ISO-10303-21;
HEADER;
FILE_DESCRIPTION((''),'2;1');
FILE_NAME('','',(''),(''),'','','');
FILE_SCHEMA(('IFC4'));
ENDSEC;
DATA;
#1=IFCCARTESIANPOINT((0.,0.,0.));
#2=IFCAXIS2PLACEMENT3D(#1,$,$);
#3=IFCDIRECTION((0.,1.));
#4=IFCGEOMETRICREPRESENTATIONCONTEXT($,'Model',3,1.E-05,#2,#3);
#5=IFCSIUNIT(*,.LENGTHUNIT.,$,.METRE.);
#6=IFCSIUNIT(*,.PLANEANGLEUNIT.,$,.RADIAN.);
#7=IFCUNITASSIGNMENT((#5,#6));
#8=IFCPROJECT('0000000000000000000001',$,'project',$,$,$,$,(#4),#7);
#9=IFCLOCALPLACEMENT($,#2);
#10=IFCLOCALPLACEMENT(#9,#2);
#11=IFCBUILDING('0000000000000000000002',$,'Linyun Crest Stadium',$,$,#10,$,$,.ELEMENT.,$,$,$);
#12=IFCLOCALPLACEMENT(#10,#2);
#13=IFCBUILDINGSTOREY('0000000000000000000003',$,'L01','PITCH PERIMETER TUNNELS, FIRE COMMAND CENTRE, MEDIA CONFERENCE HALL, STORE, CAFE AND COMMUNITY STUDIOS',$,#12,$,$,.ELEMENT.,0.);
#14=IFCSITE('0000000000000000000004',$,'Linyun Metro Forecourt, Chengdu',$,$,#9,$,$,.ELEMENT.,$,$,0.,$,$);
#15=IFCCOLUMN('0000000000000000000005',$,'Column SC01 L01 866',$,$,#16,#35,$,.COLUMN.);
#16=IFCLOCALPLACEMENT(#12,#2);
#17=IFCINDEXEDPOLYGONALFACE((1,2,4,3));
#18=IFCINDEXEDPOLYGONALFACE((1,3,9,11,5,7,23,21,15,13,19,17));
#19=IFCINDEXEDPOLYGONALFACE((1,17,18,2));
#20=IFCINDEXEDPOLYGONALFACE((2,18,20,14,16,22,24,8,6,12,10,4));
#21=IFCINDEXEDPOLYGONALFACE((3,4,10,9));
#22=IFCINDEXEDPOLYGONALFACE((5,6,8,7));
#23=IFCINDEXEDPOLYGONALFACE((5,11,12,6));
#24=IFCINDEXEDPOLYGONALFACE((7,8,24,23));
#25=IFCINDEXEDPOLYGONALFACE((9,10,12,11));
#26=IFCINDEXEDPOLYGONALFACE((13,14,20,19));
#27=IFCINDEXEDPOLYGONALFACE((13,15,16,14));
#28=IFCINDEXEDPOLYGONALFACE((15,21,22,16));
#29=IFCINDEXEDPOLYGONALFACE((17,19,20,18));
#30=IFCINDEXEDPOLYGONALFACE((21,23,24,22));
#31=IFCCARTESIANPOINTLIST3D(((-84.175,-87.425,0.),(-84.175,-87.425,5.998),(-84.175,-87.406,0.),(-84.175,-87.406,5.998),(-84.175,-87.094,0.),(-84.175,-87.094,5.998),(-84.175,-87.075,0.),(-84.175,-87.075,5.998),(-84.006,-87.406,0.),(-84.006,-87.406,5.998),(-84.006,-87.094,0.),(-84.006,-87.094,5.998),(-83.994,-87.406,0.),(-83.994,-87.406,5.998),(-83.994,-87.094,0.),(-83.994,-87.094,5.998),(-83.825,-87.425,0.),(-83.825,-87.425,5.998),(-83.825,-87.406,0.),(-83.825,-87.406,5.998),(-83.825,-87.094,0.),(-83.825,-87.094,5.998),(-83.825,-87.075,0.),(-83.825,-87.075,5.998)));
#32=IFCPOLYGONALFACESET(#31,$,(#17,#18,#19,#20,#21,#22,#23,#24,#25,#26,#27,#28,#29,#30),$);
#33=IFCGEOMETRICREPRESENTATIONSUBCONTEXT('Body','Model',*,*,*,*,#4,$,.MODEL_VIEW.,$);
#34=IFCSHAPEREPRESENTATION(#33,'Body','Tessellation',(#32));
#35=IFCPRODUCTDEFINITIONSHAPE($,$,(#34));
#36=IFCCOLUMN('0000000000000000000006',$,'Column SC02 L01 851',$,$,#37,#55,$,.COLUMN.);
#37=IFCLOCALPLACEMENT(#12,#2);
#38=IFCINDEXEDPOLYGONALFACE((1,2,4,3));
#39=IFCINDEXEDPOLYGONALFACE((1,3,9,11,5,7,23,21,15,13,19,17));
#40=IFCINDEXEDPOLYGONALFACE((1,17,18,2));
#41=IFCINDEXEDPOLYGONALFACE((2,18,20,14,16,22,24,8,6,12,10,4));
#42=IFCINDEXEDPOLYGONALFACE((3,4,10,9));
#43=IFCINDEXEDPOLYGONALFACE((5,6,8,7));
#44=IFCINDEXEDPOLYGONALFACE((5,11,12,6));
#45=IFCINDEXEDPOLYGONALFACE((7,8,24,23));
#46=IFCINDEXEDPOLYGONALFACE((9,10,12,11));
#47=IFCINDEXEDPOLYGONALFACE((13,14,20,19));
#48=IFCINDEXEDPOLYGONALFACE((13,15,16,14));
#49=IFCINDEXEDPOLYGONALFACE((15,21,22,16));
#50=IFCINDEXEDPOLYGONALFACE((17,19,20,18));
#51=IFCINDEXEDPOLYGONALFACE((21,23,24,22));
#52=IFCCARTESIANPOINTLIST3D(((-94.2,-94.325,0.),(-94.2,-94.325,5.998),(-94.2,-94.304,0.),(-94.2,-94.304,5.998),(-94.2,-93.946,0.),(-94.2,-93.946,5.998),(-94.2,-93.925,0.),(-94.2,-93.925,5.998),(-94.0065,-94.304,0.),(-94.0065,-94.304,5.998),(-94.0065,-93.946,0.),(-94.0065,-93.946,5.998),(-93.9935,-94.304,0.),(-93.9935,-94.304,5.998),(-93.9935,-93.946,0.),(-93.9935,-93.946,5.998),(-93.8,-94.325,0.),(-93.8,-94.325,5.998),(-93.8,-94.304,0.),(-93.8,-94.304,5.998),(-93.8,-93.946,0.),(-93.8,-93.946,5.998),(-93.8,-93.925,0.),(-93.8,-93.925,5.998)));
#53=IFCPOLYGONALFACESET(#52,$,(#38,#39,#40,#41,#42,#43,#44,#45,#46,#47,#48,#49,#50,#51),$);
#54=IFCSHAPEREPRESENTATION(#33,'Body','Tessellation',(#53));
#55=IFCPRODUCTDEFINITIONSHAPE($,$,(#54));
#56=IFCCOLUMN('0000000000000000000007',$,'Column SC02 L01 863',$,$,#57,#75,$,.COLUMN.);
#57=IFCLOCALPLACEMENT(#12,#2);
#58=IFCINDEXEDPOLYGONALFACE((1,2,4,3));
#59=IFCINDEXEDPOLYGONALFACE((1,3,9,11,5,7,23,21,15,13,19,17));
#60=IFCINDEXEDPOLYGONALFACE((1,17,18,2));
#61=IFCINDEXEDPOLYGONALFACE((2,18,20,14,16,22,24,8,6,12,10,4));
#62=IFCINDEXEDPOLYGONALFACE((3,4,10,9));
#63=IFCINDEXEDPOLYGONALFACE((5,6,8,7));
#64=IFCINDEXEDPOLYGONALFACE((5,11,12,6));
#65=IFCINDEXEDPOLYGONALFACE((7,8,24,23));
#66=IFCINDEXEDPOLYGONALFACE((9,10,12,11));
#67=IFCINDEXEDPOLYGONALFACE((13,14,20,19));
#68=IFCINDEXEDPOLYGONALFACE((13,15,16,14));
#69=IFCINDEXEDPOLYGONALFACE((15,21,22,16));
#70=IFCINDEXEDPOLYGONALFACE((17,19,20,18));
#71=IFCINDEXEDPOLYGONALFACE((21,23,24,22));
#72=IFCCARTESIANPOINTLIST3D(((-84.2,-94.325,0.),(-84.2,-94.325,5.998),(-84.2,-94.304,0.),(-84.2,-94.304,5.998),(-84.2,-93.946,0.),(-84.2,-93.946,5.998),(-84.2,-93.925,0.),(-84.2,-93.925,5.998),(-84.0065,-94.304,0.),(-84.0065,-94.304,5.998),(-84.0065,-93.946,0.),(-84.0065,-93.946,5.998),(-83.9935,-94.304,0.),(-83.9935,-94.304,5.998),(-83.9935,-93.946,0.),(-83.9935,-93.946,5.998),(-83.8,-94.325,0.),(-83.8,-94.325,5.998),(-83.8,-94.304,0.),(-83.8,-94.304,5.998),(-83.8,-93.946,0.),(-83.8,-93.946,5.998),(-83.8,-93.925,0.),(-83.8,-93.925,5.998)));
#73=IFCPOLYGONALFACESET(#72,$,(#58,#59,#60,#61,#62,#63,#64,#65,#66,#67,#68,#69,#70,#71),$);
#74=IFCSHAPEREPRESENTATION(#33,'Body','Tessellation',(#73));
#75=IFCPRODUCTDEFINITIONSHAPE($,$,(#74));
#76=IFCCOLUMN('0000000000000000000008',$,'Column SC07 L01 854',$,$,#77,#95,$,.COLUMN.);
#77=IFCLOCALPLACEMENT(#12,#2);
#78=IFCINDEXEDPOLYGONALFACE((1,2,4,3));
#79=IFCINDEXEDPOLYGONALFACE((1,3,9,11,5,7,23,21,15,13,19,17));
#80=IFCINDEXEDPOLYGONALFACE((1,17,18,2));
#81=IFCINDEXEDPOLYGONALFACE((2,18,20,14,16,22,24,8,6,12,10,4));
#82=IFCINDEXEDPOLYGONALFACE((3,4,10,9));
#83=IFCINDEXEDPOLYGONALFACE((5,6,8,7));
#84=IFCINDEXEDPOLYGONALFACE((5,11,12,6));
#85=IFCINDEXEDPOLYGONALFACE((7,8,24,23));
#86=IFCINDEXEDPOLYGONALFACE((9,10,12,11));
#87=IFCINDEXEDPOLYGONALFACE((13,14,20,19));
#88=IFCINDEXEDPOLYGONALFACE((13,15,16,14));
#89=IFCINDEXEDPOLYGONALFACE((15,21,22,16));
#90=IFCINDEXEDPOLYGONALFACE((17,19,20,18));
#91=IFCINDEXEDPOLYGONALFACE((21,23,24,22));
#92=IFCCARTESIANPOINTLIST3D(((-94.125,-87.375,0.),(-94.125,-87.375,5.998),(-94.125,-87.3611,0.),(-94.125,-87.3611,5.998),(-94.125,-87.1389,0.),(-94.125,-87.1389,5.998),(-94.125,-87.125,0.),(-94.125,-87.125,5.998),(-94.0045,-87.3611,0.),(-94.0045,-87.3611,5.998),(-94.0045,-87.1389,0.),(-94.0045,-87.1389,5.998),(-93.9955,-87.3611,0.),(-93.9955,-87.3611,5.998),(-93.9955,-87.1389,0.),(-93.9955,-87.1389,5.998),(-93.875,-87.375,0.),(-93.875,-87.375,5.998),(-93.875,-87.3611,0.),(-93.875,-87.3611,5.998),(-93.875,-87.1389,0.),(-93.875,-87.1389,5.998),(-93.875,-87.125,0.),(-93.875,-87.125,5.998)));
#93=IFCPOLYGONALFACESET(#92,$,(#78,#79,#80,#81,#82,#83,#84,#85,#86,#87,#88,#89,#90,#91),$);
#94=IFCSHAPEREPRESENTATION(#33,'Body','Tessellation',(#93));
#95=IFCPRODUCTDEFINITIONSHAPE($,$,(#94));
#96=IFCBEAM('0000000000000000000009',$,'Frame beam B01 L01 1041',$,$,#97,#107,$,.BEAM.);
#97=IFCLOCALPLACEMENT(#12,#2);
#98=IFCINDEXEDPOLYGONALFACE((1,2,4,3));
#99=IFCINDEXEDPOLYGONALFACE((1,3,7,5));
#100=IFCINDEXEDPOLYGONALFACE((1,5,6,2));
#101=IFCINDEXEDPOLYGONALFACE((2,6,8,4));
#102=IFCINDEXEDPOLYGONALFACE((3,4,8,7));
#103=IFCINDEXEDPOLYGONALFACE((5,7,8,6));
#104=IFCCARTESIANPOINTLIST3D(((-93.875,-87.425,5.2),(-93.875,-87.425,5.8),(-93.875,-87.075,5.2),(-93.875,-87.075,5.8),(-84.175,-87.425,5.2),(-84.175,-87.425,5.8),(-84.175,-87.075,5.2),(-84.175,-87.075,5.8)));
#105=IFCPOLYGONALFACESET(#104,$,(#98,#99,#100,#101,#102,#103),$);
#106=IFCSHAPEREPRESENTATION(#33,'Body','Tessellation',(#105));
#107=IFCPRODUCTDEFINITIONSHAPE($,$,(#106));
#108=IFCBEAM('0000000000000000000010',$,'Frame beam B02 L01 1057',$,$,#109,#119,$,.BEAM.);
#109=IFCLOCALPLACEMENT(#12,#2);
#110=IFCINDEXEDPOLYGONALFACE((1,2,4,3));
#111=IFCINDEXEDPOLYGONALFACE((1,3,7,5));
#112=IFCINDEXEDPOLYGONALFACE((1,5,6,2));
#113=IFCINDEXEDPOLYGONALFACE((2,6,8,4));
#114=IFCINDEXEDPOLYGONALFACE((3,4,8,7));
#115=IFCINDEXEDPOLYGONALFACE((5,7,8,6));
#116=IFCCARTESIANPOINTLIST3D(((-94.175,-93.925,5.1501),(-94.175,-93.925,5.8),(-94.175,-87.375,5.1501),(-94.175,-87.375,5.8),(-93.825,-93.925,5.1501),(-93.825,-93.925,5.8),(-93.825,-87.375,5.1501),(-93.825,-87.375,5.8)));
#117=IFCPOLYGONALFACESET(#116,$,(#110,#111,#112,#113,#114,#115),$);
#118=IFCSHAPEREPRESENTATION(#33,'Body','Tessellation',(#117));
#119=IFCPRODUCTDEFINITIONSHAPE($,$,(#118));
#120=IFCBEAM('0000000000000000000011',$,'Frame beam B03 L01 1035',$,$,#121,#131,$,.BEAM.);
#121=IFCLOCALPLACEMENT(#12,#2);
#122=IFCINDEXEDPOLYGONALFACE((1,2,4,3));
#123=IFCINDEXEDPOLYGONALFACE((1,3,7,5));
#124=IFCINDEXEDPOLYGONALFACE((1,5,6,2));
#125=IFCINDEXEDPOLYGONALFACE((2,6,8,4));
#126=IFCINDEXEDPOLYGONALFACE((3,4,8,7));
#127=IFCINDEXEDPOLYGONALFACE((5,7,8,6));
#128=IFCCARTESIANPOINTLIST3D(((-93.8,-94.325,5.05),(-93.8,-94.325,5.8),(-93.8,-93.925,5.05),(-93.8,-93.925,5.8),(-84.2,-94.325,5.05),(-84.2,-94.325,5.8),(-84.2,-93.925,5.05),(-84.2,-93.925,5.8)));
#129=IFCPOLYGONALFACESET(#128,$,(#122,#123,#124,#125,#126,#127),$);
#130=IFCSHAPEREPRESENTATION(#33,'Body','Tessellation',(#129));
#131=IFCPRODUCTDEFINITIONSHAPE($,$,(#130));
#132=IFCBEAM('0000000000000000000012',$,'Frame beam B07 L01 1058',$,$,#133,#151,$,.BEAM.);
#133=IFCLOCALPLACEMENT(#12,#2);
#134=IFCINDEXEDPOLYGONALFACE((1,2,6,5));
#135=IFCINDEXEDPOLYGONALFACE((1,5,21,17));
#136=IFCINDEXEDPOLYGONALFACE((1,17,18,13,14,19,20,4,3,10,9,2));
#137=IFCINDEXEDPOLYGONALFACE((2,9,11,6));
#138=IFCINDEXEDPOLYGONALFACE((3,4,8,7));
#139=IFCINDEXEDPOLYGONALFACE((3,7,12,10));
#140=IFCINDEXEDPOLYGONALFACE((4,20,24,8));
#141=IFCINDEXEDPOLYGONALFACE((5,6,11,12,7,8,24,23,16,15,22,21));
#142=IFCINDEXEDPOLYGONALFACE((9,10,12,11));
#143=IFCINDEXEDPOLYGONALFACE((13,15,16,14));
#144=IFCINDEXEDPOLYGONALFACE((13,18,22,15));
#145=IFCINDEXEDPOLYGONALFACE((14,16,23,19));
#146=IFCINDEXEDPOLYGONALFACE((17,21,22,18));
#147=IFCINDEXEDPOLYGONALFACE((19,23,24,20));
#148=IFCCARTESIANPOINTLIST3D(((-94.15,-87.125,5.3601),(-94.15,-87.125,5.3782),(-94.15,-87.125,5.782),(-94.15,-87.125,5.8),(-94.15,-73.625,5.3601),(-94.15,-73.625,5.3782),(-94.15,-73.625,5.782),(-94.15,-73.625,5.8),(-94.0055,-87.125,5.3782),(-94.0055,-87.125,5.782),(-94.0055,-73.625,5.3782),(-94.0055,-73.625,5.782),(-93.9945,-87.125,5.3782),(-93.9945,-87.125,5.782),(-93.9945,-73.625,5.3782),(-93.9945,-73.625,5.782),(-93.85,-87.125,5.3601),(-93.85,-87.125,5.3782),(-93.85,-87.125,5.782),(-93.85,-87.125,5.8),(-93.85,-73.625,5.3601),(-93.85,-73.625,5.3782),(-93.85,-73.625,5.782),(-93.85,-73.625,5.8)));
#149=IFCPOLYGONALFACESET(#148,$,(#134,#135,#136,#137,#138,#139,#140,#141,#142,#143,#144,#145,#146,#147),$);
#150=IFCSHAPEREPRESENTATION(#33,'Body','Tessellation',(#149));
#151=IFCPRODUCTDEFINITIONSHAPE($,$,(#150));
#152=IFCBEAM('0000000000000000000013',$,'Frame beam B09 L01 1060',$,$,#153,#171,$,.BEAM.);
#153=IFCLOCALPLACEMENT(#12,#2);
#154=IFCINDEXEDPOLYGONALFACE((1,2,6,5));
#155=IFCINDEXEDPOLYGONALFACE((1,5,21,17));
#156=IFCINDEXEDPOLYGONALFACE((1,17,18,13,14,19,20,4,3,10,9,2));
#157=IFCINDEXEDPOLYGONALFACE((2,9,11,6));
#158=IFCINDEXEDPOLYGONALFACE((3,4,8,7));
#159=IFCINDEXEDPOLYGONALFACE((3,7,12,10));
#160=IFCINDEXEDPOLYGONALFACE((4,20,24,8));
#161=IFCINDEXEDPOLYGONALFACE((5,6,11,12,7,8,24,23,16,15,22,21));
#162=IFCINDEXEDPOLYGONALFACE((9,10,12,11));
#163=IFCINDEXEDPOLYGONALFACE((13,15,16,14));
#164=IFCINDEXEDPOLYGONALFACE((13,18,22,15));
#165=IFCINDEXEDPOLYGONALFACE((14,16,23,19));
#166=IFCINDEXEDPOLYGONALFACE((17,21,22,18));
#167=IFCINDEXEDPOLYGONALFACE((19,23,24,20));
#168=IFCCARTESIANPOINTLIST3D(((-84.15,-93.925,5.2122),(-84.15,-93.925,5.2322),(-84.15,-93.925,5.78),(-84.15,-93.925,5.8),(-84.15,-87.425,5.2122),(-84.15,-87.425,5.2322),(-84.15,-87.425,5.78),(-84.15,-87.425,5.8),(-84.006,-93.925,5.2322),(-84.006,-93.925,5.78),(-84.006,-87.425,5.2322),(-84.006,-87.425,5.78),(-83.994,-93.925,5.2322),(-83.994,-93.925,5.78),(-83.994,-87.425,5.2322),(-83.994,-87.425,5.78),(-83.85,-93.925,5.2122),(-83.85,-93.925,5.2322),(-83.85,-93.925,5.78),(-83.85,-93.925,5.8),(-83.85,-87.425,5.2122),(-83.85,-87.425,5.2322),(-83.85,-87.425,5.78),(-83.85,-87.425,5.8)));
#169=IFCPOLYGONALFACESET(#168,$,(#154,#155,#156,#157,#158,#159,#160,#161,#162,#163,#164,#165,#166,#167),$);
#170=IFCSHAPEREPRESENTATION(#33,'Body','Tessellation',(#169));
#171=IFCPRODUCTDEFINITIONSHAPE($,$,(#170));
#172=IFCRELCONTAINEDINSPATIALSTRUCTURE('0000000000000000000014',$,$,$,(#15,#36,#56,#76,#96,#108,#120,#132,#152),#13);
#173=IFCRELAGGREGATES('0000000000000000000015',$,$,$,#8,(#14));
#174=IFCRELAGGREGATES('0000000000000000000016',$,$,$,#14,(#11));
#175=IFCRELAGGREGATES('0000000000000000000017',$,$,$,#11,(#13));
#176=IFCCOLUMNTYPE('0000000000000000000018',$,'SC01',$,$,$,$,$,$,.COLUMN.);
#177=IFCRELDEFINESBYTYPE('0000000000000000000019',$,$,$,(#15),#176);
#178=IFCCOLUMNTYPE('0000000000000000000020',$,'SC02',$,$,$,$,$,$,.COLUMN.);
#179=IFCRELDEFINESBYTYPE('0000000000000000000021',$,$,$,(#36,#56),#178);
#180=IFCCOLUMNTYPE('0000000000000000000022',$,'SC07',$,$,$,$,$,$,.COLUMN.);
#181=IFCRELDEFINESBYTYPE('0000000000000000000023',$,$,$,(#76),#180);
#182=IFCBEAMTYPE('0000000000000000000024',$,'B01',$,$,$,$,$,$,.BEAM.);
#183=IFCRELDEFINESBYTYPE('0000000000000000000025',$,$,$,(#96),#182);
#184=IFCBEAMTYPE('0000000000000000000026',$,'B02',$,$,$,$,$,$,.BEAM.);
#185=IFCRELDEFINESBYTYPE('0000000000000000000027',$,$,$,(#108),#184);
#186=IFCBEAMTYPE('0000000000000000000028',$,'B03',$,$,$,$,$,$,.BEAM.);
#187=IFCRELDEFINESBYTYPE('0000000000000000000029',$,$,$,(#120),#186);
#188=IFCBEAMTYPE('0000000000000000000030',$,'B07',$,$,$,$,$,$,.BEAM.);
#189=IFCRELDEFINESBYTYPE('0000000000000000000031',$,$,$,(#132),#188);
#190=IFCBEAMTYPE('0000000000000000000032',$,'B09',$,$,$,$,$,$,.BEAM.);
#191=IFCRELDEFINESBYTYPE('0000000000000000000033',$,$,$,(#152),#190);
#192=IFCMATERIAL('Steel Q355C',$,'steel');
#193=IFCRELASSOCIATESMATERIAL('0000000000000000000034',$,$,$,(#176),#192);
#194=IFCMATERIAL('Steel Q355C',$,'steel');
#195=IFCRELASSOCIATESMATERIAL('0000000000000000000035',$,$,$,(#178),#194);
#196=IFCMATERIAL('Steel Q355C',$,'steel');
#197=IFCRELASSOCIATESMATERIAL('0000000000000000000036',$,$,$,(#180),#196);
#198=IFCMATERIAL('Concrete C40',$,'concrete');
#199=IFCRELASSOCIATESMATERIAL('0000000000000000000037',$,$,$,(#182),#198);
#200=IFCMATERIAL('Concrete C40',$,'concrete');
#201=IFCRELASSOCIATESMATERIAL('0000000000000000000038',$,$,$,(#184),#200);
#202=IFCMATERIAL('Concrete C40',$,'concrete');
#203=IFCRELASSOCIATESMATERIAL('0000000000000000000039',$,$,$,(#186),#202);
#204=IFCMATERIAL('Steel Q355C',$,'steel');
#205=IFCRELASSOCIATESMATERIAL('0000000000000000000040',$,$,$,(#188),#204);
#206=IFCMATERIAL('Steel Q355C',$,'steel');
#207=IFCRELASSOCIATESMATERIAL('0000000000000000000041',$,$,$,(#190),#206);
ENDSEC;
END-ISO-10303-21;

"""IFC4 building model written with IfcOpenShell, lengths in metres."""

from ifc_helpers import new_model, si_unit, direction, frame, origin, origin_2d, place, context, subcontext, project, spatial, rectangle, i_section, extrude, material, material_profile, profile_set, type_object, element, save


model = new_model("IFC4")

# Units and contexts
model_context = context("Model", 3, precision=1e-05, world=origin(), true_north=direction((0.0, 1.0)))
body_context = subcontext(model_context, "Body", "Model", "MODEL_VIEW")
ifc_project = project(units=[si_unit("LENGTHUNIT", "METRE"), si_unit("PLANEANGLEUNIT", "RADIAN")], contexts=[model_context])

# Site, building, storey
site_placement = place(None, origin())
site = spatial("IfcSite", under=ifc_project, at=site_placement, Name="Linyun Metro Forecourt, Chengdu", CompositionType="ELEMENT", RefElevation=0.0)
building_placement = place(site_placement, origin())
building = spatial("IfcBuilding", under=site, at=building_placement, Name="Linyun Crest Stadium", CompositionType="ELEMENT")
storey_placement = place(building_placement, origin())
storey = spatial("IfcBuildingStorey", under=building, at=storey_placement, Name="L01", Description="PITCH PERIMETER TUNNELS, FIRE COMMAND CENTRE, MEDIA CONFERENCE HALL, STORE, CAFE AND COMMUNITY STUDIOS", CompositionType="ELEMENT", Elevation=0.0)

# Columns
ifc_material_1 = material(Name="Steel Q355C", Category="steel")
ifc_material_profile_1 = material_profile(ifc_material_1, i_section(OverallWidth=0.3501, OverallDepth=0.3501, WebThickness=0.012, FlangeThickness=0.019, at=origin_2d()), Name="HW 350x350")
ifc_profile_set_1 = profile_set([ifc_material_profile_1], Name="Steel Q355C")
column_type_1 = type_object("IfcColumnType", Name="SC01", PredefinedType="COLUMN", material=ifc_profile_set_1)
column_1_placement = place(storey_placement, frame((-84.0, -87.25, 0.0), z_axis=(0.0, 0.0, 1.0), x_axis=(1.0, 0.0, 0.0)))
element("IfcColumn", 1, at=column_1_placement, inside=storey, type_object=column_type_1, Name="Column SC01 L01 866", PredefinedType="COLUMN", context=body_context, shape_type="SweptSolid", body=[
    extrude(i_section(OverallWidth=0.3501, OverallDepth=0.3501, WebThickness=0.012, FlangeThickness=0.019, at=origin_2d()), origin(), (0.0, 0.0, 1.0), 5.998),
])
ifc_material_2 = material(Name="Steel Q355C", Category="steel")
ifc_material_profile_2 = material_profile(ifc_material_2, i_section(OverallWidth=0.3999, OverallDepth=0.3999, WebThickness=0.0129, FlangeThickness=0.021, at=origin_2d()), Name="HW 400x400")
ifc_profile_set_2 = profile_set([ifc_material_profile_2], Name="Steel Q355C")
column_type_2 = type_object("IfcColumnType", Name="SC02", PredefinedType="COLUMN", material=ifc_profile_set_2)
for number, where, z_axis, x_axis, name in (
    (2, (-94.0, -94.125, 0.0), (0.0, 0.0, 1.0), (1.0, 0.0, 0.0), "Column SC02 L01 851"),
    (3, (-84.0, -94.125, 0.0), (0.0, 0.0, 1.0), (1.0, 0.0, 0.0), "Column SC02 L01 863"),
):
    element("IfcColumn", number, at=place(storey_placement, frame(where, z_axis=z_axis, x_axis=x_axis)), inside=storey, type_object=column_type_2, Name=name, PredefinedType="COLUMN", context=body_context, shape_type="SweptSolid", body=[
        extrude(i_section(OverallWidth=0.3999, OverallDepth=0.3999, WebThickness=0.0129, FlangeThickness=0.021, at=origin_2d()), origin(), (0.0, 0.0, 1.0), 5.998),
    ])
ifc_material_3 = material(Name="Steel Q355C", Category="steel")
ifc_material_profile_3 = material_profile(ifc_material_3, i_section(OverallWidth=0.25, OverallDepth=0.25, WebThickness=0.009, FlangeThickness=0.0139, at=origin_2d()), Name="HW 250x250")
ifc_profile_set_3 = profile_set([ifc_material_profile_3], Name="Steel Q355C")
column_type_3 = type_object("IfcColumnType", Name="SC07", PredefinedType="COLUMN", material=ifc_profile_set_3)
column_2_placement = place(storey_placement, frame((-94.0, -87.25, 0.0), z_axis=(0.0, 0.0, 1.0), x_axis=(1.0, 0.0, 0.0)))
element("IfcColumn", 4, at=column_2_placement, inside=storey, type_object=column_type_3, Name="Column SC07 L01 854", PredefinedType="COLUMN", context=body_context, shape_type="SweptSolid", body=[
    extrude(i_section(OverallWidth=0.25, OverallDepth=0.25, WebThickness=0.009, FlangeThickness=0.0139, at=origin_2d()), origin(), (0.0, 0.0, 1.0), 5.998),
])

# Beams
ifc_material_4 = material(Name="Concrete C40", Category="concrete")
ifc_material_profile_4 = material_profile(ifc_material_4, rectangle(XDim=0.3501, YDim=0.6001, at=origin_2d()), Name="RCB 600x350")
ifc_profile_set_4 = profile_set([ifc_material_profile_4], Name="Concrete C40")
beam_type_1 = type_object("IfcBeamType", Name="B01", PredefinedType="BEAM", material=ifc_profile_set_4)
beam_1_placement = place(storey_placement, frame((-93.875, -87.25, 5.5), z_axis=(1.0, 0.0, 0.0), x_axis=(0.0, 1.0, 0.0)))
element("IfcBeam", 5, at=beam_1_placement, inside=storey, type_object=beam_type_1, Name="Frame beam B01 L01 1041", PredefinedType="BEAM", context=body_context, shape_type="SweptSolid", body=[
    extrude(rectangle(XDim=0.3501, YDim=0.6001, at=origin_2d()), origin(), (0.0, 0.0, 1.0), 9.7),
])
ifc_material_5 = material(Name="Concrete C40", Category="concrete")
ifc_material_profile_5 = material_profile(ifc_material_5, rectangle(XDim=0.3501, YDim=0.6499, at=origin_2d()), Name="RCB 650x350")
ifc_profile_set_5 = profile_set([ifc_material_profile_5], Name="Concrete C40")
beam_type_2 = type_object("IfcBeamType", Name="B02", PredefinedType="BEAM", material=ifc_profile_set_5)
beam_2_placement = place(storey_placement, frame((-94.0, -93.925, 5.4751), z_axis=(0.0, 1.0, 0.0), x_axis=(-1.0, 0.0, 0.0)))
element("IfcBeam", 6, at=beam_2_placement, inside=storey, type_object=beam_type_2, Name="Frame beam B02 L01 1057", PredefinedType="BEAM", context=body_context, shape_type="SweptSolid", body=[
    extrude(rectangle(XDim=0.3501, YDim=0.6499, at=origin_2d()), origin(), (0.0, 0.0, 1.0), 6.55),
])
ifc_material_6 = material(Name="Concrete C40", Category="concrete")
ifc_material_profile_6 = material_profile(ifc_material_6, rectangle(XDim=0.3999, YDim=0.75, at=origin_2d()), Name="RCB 750x400")
ifc_profile_set_6 = profile_set([ifc_material_profile_6], Name="Concrete C40")
beam_type_3 = type_object("IfcBeamType", Name="B03", PredefinedType="BEAM", material=ifc_profile_set_6)
beam_3_placement = place(storey_placement, frame((-93.8, -94.125, 5.425), z_axis=(1.0, 0.0, 0.0), x_axis=(0.0, 1.0, 0.0)))
element("IfcBeam", 7, at=beam_3_placement, inside=storey, type_object=beam_type_3, Name="Frame beam B03 L01 1035", PredefinedType="BEAM", context=body_context, shape_type="SweptSolid", body=[
    extrude(rectangle(XDim=0.3999, YDim=0.75, at=origin_2d()), origin(), (0.0, 0.0, 1.0), 9.6001),
])
ifc_material_7 = material(Name="Steel Q355C", Category="steel")
ifc_material_profile_7 = material_profile(ifc_material_7, i_section(OverallWidth=0.3, OverallDepth=0.4399, WebThickness=0.011, FlangeThickness=0.0181, at=origin_2d()), Name="HM 440x300")
ifc_profile_set_7 = profile_set([ifc_material_profile_7], Name="Steel Q355C")
beam_type_4 = type_object("IfcBeamType", Name="B07", PredefinedType="BEAM", material=ifc_profile_set_7)
beam_4_placement = place(storey_placement, frame((-94.0, -87.125, 5.5801), z_axis=(0.0, 1.0, 0.0), x_axis=(-1.0, 0.0, 0.0)))
element("IfcBeam", 8, at=beam_4_placement, inside=storey, type_object=beam_type_4, Name="Frame beam B07 L01 1058", PredefinedType="BEAM", context=body_context, shape_type="SweptSolid", body=[
    extrude(i_section(OverallWidth=0.3, OverallDepth=0.4399, WebThickness=0.011, FlangeThickness=0.0181, at=origin_2d()), origin(), (0.0, 0.0, 1.0), 13.5),
])
ifc_material_8 = material(Name="Steel Q355C", Category="steel")
ifc_material_profile_8 = material_profile(ifc_material_8, i_section(OverallWidth=0.3, OverallDepth=0.5879, WebThickness=0.012, FlangeThickness=0.02, at=origin_2d()), Name="HM 588x300")
ifc_profile_set_8 = profile_set([ifc_material_profile_8], Name="Steel Q355C")
beam_type_5 = type_object("IfcBeamType", Name="B09", PredefinedType="BEAM", material=ifc_profile_set_8)
beam_5_placement = place(storey_placement, frame((-84.0, -93.925, 5.5061), z_axis=(0.0, 1.0, 0.0), x_axis=(-1.0, 0.0, 0.0)))
element("IfcBeam", 9, at=beam_5_placement, inside=storey, type_object=beam_type_5, Name="Frame beam B09 L01 1060", PredefinedType="BEAM", context=body_context, shape_type="SweptSolid", body=[
    extrude(i_section(OverallWidth=0.3, OverallDepth=0.5879, WebThickness=0.012, FlangeThickness=0.02, at=origin_2d()), origin(), (0.0, 0.0, 1.0), 6.5),
])

save(model, "model.ifc")
